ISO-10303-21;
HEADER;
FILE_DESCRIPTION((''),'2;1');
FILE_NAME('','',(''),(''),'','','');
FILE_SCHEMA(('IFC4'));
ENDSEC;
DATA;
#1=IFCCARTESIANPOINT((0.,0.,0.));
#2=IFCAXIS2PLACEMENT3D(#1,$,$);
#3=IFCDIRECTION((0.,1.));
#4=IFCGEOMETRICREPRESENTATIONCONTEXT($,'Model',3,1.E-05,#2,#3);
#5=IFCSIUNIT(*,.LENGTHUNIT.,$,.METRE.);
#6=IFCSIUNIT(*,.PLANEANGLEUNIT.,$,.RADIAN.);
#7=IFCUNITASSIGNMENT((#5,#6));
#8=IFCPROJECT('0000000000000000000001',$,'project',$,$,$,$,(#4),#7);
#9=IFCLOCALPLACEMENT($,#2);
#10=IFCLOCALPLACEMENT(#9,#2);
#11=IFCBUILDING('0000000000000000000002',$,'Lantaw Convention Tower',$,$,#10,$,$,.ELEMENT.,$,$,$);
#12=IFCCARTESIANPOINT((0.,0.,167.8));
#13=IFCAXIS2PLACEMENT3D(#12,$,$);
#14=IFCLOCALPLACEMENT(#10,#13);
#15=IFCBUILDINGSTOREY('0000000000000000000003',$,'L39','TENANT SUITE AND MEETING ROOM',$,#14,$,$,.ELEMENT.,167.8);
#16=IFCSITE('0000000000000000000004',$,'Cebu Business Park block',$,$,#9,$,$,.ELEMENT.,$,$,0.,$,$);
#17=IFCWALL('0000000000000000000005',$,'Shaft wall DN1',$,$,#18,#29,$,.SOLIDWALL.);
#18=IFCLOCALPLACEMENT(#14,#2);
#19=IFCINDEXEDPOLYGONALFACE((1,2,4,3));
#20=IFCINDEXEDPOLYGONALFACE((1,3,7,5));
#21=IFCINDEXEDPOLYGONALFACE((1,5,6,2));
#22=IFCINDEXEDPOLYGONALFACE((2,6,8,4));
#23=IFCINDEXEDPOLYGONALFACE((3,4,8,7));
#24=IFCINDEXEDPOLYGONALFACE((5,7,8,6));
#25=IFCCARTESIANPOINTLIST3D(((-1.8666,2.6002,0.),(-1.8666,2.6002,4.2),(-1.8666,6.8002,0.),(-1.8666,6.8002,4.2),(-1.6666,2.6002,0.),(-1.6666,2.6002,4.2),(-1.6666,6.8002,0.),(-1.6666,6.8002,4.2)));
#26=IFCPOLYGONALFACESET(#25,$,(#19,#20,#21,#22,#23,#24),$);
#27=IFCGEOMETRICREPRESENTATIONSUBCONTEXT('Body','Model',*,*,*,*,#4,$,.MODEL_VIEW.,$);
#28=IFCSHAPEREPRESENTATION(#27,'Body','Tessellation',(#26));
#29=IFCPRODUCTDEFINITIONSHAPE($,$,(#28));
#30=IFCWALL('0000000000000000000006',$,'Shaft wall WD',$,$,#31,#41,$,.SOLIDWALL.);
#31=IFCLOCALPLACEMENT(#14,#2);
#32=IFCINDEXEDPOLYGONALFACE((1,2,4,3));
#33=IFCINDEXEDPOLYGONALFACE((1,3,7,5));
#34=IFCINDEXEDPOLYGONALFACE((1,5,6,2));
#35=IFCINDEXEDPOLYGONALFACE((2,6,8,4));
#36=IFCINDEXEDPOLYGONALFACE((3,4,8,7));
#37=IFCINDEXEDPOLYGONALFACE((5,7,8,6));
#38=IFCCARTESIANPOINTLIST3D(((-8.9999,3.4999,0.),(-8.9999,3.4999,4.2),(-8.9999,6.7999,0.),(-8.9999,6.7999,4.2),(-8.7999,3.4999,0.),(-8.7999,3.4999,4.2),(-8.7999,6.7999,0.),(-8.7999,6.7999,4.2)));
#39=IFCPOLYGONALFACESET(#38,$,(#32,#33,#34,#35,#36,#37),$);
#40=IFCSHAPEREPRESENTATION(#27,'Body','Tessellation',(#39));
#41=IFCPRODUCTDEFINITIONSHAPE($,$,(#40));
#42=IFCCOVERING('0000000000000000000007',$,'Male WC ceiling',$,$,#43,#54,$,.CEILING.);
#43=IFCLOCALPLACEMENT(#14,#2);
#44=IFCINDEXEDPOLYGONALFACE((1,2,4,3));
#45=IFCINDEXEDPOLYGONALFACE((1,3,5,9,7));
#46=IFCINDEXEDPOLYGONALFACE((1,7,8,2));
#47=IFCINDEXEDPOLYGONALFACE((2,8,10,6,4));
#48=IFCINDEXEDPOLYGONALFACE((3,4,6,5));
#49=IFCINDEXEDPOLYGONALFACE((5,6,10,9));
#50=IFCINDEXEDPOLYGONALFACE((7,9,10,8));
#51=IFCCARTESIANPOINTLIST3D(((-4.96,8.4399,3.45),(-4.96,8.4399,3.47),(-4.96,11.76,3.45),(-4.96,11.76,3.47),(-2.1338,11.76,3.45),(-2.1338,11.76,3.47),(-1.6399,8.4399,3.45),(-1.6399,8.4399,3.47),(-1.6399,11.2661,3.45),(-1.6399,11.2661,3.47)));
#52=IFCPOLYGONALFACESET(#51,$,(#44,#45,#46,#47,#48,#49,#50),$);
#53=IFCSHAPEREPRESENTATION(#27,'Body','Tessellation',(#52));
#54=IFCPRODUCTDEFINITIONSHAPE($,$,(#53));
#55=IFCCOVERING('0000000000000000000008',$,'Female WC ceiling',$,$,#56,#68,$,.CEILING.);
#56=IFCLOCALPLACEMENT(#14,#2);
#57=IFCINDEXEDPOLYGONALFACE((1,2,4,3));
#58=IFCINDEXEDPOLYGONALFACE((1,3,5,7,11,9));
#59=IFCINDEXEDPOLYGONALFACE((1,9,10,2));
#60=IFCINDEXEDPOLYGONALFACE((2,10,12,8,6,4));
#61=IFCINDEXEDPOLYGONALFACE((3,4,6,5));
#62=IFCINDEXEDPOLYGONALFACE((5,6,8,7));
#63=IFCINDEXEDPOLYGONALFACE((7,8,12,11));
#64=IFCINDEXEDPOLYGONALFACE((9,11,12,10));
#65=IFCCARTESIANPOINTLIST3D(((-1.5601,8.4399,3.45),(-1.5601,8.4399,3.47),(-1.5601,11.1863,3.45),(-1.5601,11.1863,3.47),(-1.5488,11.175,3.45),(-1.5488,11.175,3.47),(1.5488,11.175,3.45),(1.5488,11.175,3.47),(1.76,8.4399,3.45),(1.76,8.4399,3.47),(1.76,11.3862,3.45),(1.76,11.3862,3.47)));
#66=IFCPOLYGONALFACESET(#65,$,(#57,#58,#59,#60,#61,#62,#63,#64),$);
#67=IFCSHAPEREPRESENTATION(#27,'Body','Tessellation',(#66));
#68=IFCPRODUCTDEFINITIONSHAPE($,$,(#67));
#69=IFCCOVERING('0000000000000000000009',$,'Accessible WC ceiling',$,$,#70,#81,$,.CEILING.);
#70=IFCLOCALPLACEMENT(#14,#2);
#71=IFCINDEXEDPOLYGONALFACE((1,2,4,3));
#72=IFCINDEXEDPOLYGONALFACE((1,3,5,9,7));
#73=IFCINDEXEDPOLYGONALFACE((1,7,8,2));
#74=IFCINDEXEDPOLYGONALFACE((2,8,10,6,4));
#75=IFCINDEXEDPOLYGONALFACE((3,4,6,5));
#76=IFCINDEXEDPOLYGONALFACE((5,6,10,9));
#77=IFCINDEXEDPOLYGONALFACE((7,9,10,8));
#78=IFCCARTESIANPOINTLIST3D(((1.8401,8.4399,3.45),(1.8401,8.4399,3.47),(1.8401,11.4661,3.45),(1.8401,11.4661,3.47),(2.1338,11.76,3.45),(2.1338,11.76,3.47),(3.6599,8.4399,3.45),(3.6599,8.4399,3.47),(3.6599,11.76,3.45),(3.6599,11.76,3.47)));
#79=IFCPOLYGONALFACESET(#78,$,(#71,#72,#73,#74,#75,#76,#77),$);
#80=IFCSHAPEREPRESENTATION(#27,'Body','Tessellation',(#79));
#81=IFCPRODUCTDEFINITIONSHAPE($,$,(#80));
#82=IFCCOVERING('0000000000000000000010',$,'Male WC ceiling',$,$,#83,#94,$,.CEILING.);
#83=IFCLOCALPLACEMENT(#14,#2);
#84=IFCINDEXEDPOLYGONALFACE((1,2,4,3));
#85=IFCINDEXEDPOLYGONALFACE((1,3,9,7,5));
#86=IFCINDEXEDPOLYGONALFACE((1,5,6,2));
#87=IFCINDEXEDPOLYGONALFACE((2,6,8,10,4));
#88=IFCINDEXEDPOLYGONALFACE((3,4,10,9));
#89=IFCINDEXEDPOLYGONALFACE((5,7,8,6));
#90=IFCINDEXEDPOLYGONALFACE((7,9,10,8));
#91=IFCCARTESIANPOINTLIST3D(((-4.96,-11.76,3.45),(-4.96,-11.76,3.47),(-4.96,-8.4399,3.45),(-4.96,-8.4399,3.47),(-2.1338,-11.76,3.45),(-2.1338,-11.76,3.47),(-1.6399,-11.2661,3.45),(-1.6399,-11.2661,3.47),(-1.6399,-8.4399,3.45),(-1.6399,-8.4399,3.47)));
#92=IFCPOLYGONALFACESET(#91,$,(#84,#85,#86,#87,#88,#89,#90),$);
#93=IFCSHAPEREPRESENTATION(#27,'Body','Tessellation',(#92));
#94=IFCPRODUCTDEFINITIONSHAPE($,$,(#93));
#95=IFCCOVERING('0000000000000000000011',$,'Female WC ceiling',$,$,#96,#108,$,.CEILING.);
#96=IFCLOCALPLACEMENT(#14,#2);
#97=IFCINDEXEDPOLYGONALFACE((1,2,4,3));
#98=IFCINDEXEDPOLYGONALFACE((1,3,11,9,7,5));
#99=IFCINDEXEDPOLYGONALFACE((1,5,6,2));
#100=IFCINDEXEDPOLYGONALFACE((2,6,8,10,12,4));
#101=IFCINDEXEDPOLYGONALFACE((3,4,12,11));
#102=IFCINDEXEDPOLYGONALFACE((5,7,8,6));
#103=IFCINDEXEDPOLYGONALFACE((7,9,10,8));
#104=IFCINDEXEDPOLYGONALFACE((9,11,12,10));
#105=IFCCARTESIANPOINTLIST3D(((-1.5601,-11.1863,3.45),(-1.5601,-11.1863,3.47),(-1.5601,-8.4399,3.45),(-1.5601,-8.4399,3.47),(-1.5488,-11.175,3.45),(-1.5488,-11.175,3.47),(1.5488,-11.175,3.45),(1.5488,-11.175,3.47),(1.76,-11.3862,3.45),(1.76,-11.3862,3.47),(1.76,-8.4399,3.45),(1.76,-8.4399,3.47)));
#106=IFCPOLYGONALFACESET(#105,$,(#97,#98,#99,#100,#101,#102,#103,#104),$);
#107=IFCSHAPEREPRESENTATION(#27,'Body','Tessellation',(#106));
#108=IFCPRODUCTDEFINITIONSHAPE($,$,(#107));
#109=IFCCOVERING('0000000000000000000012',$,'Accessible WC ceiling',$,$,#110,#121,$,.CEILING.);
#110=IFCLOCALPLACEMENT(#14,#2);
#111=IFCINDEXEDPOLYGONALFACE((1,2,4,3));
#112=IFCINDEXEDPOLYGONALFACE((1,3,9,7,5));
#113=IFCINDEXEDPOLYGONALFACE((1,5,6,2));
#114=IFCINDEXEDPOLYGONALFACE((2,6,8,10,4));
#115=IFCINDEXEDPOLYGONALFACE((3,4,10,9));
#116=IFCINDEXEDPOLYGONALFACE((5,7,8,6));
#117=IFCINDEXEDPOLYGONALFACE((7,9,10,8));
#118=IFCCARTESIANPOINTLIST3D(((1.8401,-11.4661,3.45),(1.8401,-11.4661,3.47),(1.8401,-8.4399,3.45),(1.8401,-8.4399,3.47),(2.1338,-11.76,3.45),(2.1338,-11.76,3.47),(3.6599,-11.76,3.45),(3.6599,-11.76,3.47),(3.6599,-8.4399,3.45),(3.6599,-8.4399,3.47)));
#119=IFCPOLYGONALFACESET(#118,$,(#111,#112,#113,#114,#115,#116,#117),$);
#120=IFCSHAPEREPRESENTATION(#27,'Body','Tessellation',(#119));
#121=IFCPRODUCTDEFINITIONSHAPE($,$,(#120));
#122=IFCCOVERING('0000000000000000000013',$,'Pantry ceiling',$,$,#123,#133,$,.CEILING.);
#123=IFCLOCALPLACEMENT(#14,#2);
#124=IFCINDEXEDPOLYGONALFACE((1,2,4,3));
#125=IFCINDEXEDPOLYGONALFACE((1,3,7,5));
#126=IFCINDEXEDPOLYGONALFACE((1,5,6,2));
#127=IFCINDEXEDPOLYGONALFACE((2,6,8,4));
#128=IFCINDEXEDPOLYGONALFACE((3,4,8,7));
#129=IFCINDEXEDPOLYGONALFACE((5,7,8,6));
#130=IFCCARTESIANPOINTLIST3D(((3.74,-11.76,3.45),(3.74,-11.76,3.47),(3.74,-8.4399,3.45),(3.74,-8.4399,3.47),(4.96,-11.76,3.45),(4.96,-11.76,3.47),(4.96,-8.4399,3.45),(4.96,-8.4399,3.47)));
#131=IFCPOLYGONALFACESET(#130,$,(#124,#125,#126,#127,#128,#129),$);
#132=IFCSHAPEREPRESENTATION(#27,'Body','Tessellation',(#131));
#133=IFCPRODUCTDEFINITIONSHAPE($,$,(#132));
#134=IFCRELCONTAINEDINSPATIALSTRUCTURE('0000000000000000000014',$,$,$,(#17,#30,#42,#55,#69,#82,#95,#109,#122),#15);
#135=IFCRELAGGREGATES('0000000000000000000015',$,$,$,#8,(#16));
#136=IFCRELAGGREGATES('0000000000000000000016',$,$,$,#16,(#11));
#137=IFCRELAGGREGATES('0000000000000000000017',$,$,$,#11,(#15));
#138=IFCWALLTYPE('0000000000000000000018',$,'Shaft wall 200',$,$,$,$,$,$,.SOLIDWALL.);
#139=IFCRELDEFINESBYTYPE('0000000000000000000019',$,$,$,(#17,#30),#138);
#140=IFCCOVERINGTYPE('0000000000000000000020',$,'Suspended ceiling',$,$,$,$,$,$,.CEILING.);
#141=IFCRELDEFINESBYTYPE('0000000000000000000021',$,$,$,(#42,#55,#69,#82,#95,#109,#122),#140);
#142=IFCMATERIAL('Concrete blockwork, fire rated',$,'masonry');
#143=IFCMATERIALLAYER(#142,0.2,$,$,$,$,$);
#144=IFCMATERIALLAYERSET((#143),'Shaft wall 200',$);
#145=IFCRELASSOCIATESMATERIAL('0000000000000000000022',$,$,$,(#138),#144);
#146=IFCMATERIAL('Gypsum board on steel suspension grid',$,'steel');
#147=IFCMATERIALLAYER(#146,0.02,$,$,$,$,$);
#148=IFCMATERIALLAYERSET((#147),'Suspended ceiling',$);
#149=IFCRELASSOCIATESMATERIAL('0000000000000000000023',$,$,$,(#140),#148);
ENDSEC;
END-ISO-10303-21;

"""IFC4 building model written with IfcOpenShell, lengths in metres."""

from ifc_helpers import new_model, si_unit, direction, frame, frame_2d, origin, place, context, subcontext, project, spatial, polyline, rectangle, outline, extrude, material, layer, layer_set, type_object, element, save


model = new_model("IFC4")

# Units and contexts
model_context = context("Model", 3, precision=1e-05, world=origin(), true_north=direction((0.0, 1.0)))
body_context = subcontext(model_context, "Body", "Model", "MODEL_VIEW")
ifc_project = project(units=[si_unit("LENGTHUNIT", "METRE"), si_unit("PLANEANGLEUNIT", "RADIAN")], contexts=[model_context])

# Site, building, storey
site_placement = place(None, origin())
site = spatial("IfcSite", under=ifc_project, at=site_placement, Name="Cebu Business Park block", CompositionType="ELEMENT", RefElevation=0.0)
building_placement = place(site_placement, origin())
building = spatial("IfcBuilding", under=site, at=building_placement, Name="Lantaw Convention Tower", CompositionType="ELEMENT")
storey_placement = place(building_placement, frame((0.0, 0.0, 167.8)))
storey = spatial("IfcBuildingStorey", under=building, at=storey_placement, Name="L39", Description="TENANT SUITE AND MEETING ROOM", CompositionType="ELEMENT", Elevation=167.8)

# Walls
ifc_material_1 = material(Name="Concrete blockwork, fire rated", Category="masonry")
ifc_layer_1 = layer(ifc_material_1, 0.2)
ifc_layer_set_1 = layer_set([ifc_layer_1], Name="Shaft wall 200")
wall_type_1 = type_object("IfcWallType", Name="Shaft wall 200", PredefinedType="SOLIDWALL", material=ifc_layer_set_1)
wall_1_placement = place(storey_placement, frame((-1.7666, 2.6001, 0.0), z_axis=(0.0, 0.0, 1.0), x_axis=(0.0, 1.0, 0.0)))
element("IfcWall", 1, at=wall_1_placement, inside=storey, type_object=wall_type_1, Name="Shaft wall DN1", PredefinedType="SOLIDWALL", context=body_context, shape_type="SweptSolid", body=[
    extrude(rectangle(XDim=4.2, YDim=0.2, at=frame_2d((2.1001, 0.0))), origin(), (0.0, 0.0, 1.0), 4.2),
])
wall_2_placement = place(storey_placement, frame((-8.8999, 3.5, 0.0), z_axis=(0.0, 0.0, 1.0), x_axis=(0.0, 1.0, 0.0)))
element("IfcWall", 2, at=wall_2_placement, inside=storey, type_object=wall_type_1, Name="Shaft wall WD", PredefinedType="SOLIDWALL", context=body_context, shape_type="SweptSolid", body=[
    extrude(rectangle(XDim=3.3, YDim=0.2, at=frame_2d((1.6499, 0.0))), origin(), (0.0, 0.0, 1.0), 4.2),
])

# Coverings
ifc_material_2 = material(Name="Gypsum board on steel suspension grid", Category="steel")
ifc_layer_2 = layer(ifc_material_2, 0.02)
ifc_layer_set_2 = layer_set([ifc_layer_2], Name="Suspended ceiling")
covering_type = type_object("IfcCoveringType", Name="Suspended ceiling", PredefinedType="CEILING", material=ifc_layer_set_2)
covering_1_placement = place(storey_placement, frame((0.0, 0.0, 3.45)))
element("IfcCovering", 3, at=covering_1_placement, inside=storey, type_object=covering_type, Name="Male WC ceiling", PredefinedType="CEILING", context=body_context, shape_type="SweptSolid", body=[
    extrude(outline(polyline([(-4.96, 11.76), (-4.96, 8.4399), (-1.6399, 8.4399), (-1.6399, 11.2661), (-2.1338, 11.76), (-4.96, 11.76)])), origin(), (0.0, 0.0, 1.0), 0.02),
])
covering_2_placement = place(storey_placement, frame((0.0, 0.0, 3.45)))
element("IfcCovering", 4, at=covering_2_placement, inside=storey, type_object=covering_type, Name="Female WC ceiling", PredefinedType="CEILING", context=body_context, shape_type="SweptSolid", body=[
    extrude(outline(polyline([(-1.5601, 11.1863), (-1.5601, 8.4399), (1.76, 8.4399), (1.76, 11.3862), (1.5488, 11.175), (-1.5488, 11.175), (-1.5601, 11.1863)])), origin(), (0.0, 0.0, 1.0), 0.02),
])
covering_3_placement = place(storey_placement, frame((0.0, 0.0, 3.45)))
element("IfcCovering", 5, at=covering_3_placement, inside=storey, type_object=covering_type, Name="Accessible WC ceiling", PredefinedType="CEILING", context=body_context, shape_type="SweptSolid", body=[
    extrude(outline(polyline([(1.8401, 11.4661), (1.8401, 8.4399), (3.6599, 8.4399), (3.6599, 11.76), (2.1338, 11.76), (1.8401, 11.4661)])), origin(), (0.0, 0.0, 1.0), 0.02),
])
covering_4_placement = place(storey_placement, frame((0.0, 0.0, 3.45)))
element("IfcCovering", 6, at=covering_4_placement, inside=storey, type_object=covering_type, Name="Male WC ceiling", PredefinedType="CEILING", context=body_context, shape_type="SweptSolid", body=[
    extrude(outline(polyline([(-4.96, -8.4399), (-4.96, -11.76), (-2.1338, -11.76), (-1.6399, -11.2661), (-1.6399, -8.4399), (-4.96, -8.4399)])), origin(), (0.0, 0.0, 1.0), 0.02),
])
covering_5_placement = place(storey_placement, frame((0.0, 0.0, 3.45)))
element("IfcCovering", 7, at=covering_5_placement, inside=storey, type_object=covering_type, Name="Female WC ceiling", PredefinedType="CEILING", context=body_context, shape_type="SweptSolid", body=[
    extrude(outline(polyline([(-1.5601, -11.1863), (-1.5488, -11.175), (1.5488, -11.175), (1.76, -11.3862), (1.76, -8.4399), (-1.5601, -8.4399), (-1.5601, -11.1863)])), origin(), (0.0, 0.0, 1.0), 0.02),
])
covering_6_placement = place(storey_placement, frame((0.0, 0.0, 3.45)))
element("IfcCovering", 8, at=covering_6_placement, inside=storey, type_object=covering_type, Name="Accessible WC ceiling", PredefinedType="CEILING", context=body_context, shape_type="SweptSolid", body=[
    extrude(outline(polyline([(1.8401, -8.4399), (1.8401, -11.4661), (2.1338, -11.76), (3.6599, -11.76), (3.6599, -8.4399), (1.8401, -8.4399)])), origin(), (0.0, 0.0, 1.0), 0.02),
])
covering_7_placement = place(storey_placement, frame((0.0, 0.0, 3.45)))
element("IfcCovering", 9, at=covering_7_placement, inside=storey, type_object=covering_type, Name="Pantry ceiling", PredefinedType="CEILING", context=body_context, shape_type="SweptSolid", body=[
    extrude(outline(polyline([(3.74, -11.76), (4.96, -11.76), (4.96, -8.4399), (3.74, -8.4399), (3.74, -11.76)])), origin(), (0.0, 0.0, 1.0), 0.02),
])

save(model, "model.ifc")
